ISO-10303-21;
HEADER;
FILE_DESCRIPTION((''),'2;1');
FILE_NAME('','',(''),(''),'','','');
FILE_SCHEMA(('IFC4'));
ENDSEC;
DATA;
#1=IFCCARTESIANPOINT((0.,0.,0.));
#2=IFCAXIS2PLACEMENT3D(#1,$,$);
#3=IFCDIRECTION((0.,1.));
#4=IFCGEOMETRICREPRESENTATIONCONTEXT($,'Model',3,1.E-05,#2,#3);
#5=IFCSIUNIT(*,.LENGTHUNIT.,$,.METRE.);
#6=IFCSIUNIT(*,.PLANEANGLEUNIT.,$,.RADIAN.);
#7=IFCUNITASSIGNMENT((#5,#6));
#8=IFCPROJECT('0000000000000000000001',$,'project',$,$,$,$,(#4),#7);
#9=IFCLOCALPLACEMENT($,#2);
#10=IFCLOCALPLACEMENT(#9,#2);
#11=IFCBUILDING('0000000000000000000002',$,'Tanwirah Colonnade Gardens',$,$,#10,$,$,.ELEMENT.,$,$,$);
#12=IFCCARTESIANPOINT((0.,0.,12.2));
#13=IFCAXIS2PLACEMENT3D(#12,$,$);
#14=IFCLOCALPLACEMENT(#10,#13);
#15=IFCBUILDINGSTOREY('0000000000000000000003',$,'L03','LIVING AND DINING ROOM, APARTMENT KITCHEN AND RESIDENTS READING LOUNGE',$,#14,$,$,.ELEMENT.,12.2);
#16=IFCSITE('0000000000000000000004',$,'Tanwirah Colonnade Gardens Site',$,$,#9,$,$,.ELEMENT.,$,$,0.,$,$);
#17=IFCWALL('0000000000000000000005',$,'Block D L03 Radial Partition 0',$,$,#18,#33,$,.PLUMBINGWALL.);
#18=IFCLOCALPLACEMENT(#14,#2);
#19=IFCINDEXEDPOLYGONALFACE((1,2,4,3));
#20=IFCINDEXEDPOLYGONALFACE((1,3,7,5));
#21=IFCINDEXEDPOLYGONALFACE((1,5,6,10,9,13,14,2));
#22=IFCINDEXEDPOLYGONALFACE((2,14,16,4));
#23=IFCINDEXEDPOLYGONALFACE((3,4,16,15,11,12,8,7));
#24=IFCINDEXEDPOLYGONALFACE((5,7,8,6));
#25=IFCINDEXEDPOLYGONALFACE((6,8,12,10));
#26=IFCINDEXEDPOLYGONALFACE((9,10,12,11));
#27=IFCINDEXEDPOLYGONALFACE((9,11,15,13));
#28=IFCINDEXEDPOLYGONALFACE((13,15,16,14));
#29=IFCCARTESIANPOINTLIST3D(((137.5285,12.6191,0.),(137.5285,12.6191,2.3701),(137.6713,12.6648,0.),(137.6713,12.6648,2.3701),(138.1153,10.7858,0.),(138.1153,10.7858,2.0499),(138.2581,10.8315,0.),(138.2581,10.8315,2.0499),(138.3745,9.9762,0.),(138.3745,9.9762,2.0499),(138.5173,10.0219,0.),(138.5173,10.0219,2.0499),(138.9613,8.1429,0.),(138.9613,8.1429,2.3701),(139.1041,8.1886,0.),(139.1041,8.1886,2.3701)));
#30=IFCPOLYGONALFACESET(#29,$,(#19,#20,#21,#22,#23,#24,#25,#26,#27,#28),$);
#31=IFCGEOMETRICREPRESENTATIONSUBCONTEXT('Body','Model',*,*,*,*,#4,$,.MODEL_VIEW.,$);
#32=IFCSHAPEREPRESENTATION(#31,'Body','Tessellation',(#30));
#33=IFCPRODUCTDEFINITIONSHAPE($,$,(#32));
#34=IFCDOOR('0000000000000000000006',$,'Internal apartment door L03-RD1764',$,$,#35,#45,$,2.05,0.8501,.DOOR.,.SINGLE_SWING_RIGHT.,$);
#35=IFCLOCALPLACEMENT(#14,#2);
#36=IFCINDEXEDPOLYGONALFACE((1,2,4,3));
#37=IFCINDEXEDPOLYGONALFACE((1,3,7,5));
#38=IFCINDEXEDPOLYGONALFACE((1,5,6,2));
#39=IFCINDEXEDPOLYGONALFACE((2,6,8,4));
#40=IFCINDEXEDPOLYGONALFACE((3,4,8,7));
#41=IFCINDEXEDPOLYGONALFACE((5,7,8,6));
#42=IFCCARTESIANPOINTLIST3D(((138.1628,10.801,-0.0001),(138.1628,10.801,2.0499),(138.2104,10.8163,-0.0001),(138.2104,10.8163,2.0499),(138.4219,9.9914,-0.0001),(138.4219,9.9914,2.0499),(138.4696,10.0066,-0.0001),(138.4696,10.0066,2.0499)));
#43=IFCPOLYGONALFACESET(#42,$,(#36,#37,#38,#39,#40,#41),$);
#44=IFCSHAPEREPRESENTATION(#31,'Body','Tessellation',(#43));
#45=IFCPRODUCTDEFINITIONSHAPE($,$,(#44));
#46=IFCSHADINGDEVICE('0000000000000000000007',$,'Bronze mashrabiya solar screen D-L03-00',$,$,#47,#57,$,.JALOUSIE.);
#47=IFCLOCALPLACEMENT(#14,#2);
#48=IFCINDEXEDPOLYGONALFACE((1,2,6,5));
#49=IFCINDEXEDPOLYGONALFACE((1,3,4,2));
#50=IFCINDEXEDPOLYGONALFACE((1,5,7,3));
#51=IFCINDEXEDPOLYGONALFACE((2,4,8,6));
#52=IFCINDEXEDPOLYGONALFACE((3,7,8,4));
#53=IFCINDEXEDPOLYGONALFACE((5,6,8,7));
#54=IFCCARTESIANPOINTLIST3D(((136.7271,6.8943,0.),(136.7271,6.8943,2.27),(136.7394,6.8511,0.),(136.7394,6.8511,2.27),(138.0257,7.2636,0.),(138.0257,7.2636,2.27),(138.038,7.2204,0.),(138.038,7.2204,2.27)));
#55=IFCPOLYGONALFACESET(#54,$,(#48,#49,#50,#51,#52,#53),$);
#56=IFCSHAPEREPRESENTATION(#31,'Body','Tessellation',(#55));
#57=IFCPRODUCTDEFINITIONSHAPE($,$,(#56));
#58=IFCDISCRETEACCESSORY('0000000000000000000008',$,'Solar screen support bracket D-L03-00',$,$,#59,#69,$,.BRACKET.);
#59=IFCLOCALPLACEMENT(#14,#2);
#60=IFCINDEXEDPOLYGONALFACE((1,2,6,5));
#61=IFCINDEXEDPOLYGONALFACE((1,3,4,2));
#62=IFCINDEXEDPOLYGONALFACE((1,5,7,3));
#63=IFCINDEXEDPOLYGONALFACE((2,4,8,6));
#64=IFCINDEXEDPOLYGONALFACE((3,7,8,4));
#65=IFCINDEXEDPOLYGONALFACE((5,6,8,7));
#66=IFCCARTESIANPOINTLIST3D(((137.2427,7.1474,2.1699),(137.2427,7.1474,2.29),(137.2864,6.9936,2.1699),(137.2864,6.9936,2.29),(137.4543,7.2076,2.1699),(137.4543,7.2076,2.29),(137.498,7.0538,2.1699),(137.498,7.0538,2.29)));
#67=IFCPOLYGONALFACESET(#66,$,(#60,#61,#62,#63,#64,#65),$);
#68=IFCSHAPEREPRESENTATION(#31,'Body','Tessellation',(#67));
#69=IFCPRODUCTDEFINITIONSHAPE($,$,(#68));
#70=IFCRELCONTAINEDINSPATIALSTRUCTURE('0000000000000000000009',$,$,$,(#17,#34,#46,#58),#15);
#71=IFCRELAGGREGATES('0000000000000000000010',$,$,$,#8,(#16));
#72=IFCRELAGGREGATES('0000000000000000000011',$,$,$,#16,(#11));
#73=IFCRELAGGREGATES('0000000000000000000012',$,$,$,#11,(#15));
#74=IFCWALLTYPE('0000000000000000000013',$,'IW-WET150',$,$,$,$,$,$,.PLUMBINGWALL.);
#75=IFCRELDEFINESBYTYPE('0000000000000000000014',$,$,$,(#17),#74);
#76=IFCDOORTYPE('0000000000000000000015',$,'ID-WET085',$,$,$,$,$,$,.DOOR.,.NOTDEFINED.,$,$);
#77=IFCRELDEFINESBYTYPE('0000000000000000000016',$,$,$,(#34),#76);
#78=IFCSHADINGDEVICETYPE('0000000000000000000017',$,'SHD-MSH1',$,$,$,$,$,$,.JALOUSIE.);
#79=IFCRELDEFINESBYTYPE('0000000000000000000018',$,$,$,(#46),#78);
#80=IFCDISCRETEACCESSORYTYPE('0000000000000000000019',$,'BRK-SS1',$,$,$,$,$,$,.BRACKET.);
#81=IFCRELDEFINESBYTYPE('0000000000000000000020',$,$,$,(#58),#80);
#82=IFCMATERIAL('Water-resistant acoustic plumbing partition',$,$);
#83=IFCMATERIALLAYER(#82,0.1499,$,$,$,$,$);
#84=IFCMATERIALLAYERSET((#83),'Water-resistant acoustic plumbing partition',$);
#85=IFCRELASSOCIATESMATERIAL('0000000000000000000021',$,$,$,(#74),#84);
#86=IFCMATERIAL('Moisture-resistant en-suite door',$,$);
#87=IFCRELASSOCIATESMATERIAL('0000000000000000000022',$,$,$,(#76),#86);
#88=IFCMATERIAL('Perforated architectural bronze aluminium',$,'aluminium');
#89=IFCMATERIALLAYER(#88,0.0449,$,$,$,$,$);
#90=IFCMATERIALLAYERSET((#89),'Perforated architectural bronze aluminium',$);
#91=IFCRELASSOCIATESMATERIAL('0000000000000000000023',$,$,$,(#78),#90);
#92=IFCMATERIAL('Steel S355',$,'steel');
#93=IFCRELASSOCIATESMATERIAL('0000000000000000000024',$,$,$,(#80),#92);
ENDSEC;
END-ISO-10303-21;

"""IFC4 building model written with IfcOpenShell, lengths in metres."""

from ifc_helpers import new_model, si_unit, direction, frame, frame_2d, origin, origin_2d, place, context, subcontext, project, spatial, rectangle, extrude, material, layer, layer_set, type_object, element, fill, save


model = new_model("IFC4")

# Units and contexts
model_context = context("Model", 3, precision=1e-05, world=origin(), true_north=direction((0.0, 1.0)))
body_context = subcontext(model_context, "Body", "Model", "MODEL_VIEW")
ifc_project = project(units=[si_unit("LENGTHUNIT", "METRE"), si_unit("PLANEANGLEUNIT", "RADIAN")], contexts=[model_context])

# Site, building, storey
site_placement = place(None, origin())
site = spatial("IfcSite", under=ifc_project, at=site_placement, Name="Tanwirah Colonnade Gardens Site", CompositionType="ELEMENT", RefElevation=0.0)
building_placement = place(site_placement, origin())
building = spatial("IfcBuilding", under=site, at=building_placement, Name="Tanwirah Colonnade Gardens", CompositionType="ELEMENT")
storey_placement = place(building_placement, frame((0.0, 0.0, 12.2)))
storey = spatial("IfcBuildingStorey", under=building, at=storey_placement, Name="L03", Description="LIVING AND DINING ROOM, APARTMENT KITCHEN AND RESIDENTS READING LOUNGE", CompositionType="ELEMENT", Elevation=12.2)

# Wall, opening, door
ifc_material_1 = material(Name="Water-resistant acoustic plumbing partition")
ifc_layer_1 = layer(ifc_material_1, 0.1499)
ifc_layer_set_1 = layer_set([ifc_layer_1], Name="Water-resistant acoustic plumbing partition")
wall_type_1 = type_object("IfcWallType", Name="IW-WET150", PredefinedType="PLUMBINGWALL", material=ifc_layer_set_1)
wall_1_placement = place(storey_placement, frame((137.5999, 12.6421, 0.0), z_axis=(0.0, 0.0, 1.0), x_axis=(0.304861, -0.952397, 0.0)))
wall_1 = element("IfcWall", 1, at=wall_1_placement, inside=storey, type_object=wall_type_1, Name="Block D L03 Radial Partition 0", PredefinedType="PLUMBINGWALL", context=body_context, shape_type="SweptSolid", body=[
    extrude(rectangle(XDim=4.7, YDim=0.1499, at=frame_2d((2.3501, 0.0))), origin(), (0.0, 0.0, 1.0), 2.3701),
])
opening_1_placement = place(wall_1_placement, frame((1.925, 0.0, 0.0)))
opening_1 = element("IfcOpeningElement", 2, at=opening_1_placement, cuts=wall_1, PredefinedType="OPENING", context=body_context, shape_type="SweptSolid", body=[
    extrude(rectangle(XDim=0.8501, YDim=2.05, at=frame_2d((0.425, 1.0249))), frame((0.0, 0.085, 0.0), z_axis=(0.0, -1.0, 0.0), x_axis=(1.0, 0.0, 0.0)), (0.0, 0.0, 1.0), 0.1699),
])
ifc_material_2 = material(Name="Moisture-resistant en-suite door")
door_type_1 = type_object("IfcDoorType", Name="ID-WET085", OperationType="NOTDEFINED", PredefinedType="DOOR", material=ifc_material_2)
door_1_placement = place(opening_1_placement, origin())
door_1 = element("IfcDoor", 3, at=door_1_placement, inside=storey, type_object=door_type_1, Name="Internal apartment door L03-RD1764", OperationType="SINGLE_SWING_RIGHT", OverallHeight=2.05, OverallWidth=0.8501, PredefinedType="DOOR", context=body_context, shape_type="SweptSolid", body=[
    extrude(rectangle(XDim=0.8501, YDim=2.05, at=frame_2d((0.425, 1.0249))), frame((0.0, 0.0249, 0.0), z_axis=(0.0, -1.0, 0.0), x_axis=(1.0, 0.0, 0.0)), (0.0, 0.0, 1.0), 0.05),
])
fill(opening_1, door_1)

# Shading device
ifc_material_3 = material(Name="Perforated architectural bronze aluminium", Category="aluminium")
ifc_layer_2 = layer(ifc_material_3, 0.0449)
ifc_layer_set_2 = layer_set([ifc_layer_2], Name="Perforated architectural bronze aluminium")
shading_device_type = type_object("IfcShadingDeviceType", Name="SHD-MSH1", PredefinedType="JALOUSIE", material=ifc_layer_set_2)
shading_device_placement = place(storey_placement, frame((137.3826, 7.0574, 0.0), z_axis=(0.0, 0.0, 1.0), x_axis=(0.961861, 0.273539, 0.0)))
element("IfcShadingDevice", 4, at=shading_device_placement, inside=storey, type_object=shading_device_type, Name="Bronze mashrabiya solar screen D-L03-00", PredefinedType="JALOUSIE", context=body_context, shape_type="SweptSolid", body=[
    extrude(rectangle(XDim=1.3501, YDim=0.0449, at=origin_2d()), origin(), (0.0, 0.0, 1.0), 2.27),
])

# Discrete accessory
ifc_material_4 = material(Name="Steel S355", Category="steel")
discrete_accessory_type = type_object("IfcDiscreteAccessoryType", Name="BRK-SS1", PredefinedType="BRACKET", material=ifc_material_4)
discrete_accessory_placement = place(storey_placement, frame((137.3704, 7.1006, 2.1699), z_axis=(0.0, 0.0, 1.0), x_axis=(0.961861, 0.273539, 0.0)))
element("IfcDiscreteAccessory", 5, at=discrete_accessory_placement, inside=storey, type_object=discrete_accessory_type, Name="Solar screen support bracket D-L03-00", PredefinedType="BRACKET", context=body_context, shape_type="SweptSolid", body=[
    extrude(rectangle(XDim=0.22, YDim=0.1599, at=origin_2d()), origin(), (0.0, 0.0, 1.0), 0.1201),
])

save(model, "model.ifc")
